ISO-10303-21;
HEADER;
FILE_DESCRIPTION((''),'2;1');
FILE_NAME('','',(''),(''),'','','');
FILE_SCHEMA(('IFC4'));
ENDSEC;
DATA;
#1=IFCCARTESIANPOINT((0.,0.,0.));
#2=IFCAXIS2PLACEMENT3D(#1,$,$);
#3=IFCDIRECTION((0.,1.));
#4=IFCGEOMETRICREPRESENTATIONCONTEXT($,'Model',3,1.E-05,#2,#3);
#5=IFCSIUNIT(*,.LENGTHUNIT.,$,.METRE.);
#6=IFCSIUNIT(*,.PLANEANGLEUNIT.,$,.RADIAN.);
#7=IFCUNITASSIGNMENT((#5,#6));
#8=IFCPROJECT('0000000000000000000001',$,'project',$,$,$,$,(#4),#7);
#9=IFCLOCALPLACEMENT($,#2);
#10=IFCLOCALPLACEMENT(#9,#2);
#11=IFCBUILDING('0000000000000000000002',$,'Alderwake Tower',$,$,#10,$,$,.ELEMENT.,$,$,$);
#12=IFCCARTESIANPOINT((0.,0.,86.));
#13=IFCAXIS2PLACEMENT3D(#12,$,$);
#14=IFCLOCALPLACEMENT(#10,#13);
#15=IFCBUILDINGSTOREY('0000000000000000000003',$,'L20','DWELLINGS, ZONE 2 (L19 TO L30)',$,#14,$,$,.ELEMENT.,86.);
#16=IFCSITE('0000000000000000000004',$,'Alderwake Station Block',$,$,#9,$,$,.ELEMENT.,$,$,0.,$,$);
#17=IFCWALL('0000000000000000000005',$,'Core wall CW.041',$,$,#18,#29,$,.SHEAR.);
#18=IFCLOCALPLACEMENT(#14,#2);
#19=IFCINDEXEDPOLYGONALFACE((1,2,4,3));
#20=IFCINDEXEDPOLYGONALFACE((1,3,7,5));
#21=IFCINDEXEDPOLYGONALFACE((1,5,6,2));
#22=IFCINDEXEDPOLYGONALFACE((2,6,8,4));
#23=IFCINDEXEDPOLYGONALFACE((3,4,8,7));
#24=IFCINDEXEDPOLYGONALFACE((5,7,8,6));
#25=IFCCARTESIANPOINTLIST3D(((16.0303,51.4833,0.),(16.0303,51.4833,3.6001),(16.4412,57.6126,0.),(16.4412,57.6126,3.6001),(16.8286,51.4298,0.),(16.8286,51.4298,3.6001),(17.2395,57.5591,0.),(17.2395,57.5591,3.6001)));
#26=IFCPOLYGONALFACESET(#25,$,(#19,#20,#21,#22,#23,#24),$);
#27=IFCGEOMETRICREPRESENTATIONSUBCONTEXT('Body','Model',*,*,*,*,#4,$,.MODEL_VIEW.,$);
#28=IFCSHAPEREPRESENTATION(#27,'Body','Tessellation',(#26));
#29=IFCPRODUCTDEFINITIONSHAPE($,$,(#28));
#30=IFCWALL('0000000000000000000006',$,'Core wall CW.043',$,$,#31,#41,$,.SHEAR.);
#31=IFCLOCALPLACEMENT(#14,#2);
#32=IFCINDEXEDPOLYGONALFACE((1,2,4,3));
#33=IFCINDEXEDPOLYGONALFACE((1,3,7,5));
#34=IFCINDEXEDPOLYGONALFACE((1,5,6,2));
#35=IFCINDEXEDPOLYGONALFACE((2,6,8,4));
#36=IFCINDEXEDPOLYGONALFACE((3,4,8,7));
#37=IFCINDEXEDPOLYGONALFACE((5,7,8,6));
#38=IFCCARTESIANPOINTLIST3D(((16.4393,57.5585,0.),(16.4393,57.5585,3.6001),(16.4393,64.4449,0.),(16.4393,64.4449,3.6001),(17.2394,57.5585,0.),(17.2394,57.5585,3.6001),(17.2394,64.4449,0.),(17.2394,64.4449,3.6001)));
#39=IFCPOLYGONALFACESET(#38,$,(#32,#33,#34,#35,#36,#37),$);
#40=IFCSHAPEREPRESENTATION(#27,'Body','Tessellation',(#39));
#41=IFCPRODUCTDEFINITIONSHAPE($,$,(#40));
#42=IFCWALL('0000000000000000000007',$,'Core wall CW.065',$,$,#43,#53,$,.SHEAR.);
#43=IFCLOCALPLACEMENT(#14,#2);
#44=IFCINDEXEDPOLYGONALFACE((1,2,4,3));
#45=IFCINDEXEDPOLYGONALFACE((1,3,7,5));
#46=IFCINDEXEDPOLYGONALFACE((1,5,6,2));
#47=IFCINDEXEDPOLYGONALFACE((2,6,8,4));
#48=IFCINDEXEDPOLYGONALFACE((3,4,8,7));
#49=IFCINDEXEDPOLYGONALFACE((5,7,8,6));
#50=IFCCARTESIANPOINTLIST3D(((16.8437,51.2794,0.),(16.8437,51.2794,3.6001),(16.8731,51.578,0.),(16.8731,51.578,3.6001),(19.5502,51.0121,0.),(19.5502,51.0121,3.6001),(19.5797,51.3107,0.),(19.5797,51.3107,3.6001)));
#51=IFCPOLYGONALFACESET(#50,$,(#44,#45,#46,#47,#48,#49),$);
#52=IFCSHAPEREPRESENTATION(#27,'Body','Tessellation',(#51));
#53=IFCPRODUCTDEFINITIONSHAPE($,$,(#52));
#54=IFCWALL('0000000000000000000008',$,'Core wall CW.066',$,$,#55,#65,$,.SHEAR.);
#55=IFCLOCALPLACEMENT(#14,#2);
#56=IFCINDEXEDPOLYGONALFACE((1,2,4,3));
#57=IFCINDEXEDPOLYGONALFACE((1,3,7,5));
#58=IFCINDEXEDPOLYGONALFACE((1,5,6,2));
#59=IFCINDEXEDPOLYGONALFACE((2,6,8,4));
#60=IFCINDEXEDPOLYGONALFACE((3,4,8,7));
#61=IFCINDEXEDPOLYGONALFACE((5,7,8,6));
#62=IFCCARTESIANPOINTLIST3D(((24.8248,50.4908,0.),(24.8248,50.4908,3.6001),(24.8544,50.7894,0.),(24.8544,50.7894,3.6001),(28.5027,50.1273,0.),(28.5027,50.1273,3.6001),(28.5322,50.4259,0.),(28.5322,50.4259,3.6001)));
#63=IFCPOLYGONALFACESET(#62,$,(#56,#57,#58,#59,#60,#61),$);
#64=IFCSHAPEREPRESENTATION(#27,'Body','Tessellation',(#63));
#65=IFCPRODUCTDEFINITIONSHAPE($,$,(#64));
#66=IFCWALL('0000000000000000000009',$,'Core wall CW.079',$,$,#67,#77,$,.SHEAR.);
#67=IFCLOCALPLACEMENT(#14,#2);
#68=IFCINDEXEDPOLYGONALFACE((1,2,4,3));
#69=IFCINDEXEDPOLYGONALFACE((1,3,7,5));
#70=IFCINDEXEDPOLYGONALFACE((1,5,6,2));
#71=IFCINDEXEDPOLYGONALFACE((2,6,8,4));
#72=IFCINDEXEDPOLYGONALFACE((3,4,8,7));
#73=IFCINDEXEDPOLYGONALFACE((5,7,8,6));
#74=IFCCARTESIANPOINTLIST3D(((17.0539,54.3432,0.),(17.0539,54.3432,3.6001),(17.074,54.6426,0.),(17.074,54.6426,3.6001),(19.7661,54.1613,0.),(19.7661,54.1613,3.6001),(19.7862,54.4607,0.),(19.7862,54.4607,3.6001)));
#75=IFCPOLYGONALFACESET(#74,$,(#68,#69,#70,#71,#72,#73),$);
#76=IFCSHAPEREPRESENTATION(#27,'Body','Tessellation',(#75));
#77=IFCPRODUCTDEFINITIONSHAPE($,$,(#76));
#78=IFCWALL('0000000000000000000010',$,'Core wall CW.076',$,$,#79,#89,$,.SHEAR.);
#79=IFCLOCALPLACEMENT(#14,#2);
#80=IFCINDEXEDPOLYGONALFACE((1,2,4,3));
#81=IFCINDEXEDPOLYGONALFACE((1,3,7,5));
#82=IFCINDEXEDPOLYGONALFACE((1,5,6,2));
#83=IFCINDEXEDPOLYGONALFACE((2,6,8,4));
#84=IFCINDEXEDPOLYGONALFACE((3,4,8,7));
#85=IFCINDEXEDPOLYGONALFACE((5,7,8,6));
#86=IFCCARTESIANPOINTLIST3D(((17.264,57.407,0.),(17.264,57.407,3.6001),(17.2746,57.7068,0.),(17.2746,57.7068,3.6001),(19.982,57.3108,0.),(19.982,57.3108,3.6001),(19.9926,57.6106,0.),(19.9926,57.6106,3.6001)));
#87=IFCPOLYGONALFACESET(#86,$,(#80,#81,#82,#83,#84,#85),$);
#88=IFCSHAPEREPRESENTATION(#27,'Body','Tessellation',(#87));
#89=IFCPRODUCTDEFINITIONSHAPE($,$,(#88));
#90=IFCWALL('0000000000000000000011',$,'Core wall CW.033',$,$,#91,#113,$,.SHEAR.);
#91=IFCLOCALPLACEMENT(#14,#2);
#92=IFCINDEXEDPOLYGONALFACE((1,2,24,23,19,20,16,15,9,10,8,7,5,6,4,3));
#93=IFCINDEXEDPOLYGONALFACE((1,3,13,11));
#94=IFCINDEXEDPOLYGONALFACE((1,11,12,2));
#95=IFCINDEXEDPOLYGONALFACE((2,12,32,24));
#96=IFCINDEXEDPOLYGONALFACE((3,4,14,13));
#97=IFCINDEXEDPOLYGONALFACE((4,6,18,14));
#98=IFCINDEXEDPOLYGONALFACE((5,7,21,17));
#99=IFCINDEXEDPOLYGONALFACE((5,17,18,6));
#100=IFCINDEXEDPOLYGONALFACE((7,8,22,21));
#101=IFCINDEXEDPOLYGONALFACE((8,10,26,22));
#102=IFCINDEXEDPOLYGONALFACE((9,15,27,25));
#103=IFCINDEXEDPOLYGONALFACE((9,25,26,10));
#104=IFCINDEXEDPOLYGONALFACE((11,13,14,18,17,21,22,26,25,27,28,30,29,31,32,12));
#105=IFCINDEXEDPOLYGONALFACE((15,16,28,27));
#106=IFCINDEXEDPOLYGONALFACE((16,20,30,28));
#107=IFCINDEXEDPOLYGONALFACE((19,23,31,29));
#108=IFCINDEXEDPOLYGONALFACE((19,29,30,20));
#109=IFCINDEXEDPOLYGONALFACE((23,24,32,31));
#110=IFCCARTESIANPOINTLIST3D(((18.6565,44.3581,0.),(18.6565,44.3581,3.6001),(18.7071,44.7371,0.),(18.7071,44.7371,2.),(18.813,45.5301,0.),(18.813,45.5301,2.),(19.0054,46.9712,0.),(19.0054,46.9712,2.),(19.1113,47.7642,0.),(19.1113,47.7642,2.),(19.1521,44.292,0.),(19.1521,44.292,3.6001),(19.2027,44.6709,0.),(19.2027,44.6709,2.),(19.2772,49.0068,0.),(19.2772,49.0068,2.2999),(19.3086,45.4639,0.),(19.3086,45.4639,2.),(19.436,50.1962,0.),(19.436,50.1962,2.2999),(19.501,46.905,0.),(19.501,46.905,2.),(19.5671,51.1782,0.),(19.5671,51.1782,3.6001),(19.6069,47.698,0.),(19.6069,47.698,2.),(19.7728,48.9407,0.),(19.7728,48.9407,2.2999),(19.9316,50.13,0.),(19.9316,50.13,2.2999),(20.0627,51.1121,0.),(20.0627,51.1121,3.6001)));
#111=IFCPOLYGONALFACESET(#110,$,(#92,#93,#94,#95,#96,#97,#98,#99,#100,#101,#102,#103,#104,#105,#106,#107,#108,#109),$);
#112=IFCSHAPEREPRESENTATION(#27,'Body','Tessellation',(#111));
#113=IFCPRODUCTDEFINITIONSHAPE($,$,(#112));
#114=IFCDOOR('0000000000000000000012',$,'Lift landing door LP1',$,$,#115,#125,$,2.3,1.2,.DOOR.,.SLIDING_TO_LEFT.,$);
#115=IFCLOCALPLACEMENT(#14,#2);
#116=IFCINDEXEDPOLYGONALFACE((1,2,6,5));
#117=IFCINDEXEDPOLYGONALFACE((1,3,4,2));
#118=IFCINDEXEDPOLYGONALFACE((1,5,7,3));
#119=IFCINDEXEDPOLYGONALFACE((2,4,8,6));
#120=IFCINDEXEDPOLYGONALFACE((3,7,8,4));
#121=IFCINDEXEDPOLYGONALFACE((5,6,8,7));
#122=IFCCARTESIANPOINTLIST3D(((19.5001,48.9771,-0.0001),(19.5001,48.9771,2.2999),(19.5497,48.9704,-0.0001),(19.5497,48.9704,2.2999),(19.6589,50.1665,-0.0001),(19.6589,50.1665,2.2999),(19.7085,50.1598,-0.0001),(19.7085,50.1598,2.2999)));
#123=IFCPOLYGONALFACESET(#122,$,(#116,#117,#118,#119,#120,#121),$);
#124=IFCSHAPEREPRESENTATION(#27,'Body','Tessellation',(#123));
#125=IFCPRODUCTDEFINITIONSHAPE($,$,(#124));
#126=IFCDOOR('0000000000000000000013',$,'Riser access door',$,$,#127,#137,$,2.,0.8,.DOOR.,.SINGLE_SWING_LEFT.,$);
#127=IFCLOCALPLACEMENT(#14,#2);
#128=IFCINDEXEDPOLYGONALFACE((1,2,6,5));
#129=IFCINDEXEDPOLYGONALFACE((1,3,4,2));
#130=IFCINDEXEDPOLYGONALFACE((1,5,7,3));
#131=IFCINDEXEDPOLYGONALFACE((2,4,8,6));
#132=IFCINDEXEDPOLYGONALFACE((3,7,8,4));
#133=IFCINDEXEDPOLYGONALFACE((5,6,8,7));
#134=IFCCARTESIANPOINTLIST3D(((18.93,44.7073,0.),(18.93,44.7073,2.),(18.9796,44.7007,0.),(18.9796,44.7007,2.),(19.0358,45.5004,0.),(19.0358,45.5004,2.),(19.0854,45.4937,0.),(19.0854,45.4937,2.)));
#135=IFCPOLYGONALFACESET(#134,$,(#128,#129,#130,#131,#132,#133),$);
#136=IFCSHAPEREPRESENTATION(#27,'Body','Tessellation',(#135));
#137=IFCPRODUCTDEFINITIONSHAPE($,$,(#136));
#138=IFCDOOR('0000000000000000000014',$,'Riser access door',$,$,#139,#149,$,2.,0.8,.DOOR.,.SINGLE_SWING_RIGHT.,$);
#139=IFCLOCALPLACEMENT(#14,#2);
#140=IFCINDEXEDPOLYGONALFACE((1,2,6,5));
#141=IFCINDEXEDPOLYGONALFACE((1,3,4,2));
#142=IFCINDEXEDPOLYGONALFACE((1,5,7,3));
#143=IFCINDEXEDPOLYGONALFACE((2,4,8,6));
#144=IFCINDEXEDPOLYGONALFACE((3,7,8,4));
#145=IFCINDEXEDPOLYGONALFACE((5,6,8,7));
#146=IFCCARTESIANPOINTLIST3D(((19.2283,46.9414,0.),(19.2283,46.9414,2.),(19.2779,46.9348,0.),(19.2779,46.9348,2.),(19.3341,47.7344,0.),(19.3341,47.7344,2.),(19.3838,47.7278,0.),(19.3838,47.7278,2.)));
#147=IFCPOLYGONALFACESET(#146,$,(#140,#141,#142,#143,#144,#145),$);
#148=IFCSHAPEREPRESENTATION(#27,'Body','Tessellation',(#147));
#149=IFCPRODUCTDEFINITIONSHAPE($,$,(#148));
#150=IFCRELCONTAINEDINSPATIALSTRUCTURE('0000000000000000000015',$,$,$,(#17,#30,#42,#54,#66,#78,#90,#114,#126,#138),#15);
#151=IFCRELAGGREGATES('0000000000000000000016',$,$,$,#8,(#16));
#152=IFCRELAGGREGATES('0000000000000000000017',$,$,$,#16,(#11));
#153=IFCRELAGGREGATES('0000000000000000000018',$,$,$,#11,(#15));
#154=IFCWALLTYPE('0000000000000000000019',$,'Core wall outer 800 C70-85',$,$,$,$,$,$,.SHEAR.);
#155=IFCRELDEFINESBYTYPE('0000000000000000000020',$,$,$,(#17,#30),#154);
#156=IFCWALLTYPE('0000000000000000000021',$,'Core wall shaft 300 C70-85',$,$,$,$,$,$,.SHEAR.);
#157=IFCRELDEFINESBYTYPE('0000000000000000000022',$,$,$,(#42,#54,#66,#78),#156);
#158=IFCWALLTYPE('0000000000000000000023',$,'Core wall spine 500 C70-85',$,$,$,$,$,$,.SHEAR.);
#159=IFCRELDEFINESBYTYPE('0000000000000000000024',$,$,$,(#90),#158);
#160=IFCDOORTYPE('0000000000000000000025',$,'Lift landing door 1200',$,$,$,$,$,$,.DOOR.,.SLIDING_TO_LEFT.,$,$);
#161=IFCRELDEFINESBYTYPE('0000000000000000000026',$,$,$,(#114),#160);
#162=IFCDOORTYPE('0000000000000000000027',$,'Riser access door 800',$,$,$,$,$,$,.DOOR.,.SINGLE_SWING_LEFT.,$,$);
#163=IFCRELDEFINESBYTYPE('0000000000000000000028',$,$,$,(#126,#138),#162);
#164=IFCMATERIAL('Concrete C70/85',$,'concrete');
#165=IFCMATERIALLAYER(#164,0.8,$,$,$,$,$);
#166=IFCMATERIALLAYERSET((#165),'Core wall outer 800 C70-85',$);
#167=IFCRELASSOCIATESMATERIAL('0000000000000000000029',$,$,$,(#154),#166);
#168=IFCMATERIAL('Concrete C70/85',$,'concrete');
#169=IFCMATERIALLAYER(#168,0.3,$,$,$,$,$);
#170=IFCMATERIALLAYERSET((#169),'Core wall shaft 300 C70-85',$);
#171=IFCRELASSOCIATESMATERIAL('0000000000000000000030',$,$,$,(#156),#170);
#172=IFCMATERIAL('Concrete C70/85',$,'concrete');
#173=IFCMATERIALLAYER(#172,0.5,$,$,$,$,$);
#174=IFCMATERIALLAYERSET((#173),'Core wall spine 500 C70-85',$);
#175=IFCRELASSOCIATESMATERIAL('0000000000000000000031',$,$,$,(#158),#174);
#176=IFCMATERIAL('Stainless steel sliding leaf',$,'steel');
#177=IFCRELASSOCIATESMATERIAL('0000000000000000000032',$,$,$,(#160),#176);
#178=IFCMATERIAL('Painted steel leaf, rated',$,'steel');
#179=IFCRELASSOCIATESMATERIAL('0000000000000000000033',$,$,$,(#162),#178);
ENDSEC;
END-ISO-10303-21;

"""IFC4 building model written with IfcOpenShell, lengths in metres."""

from ifc_helpers import new_model, si_unit, direction, frame, frame_2d, origin, place, context, subcontext, project, spatial, rectangle, extrude, material, layer, layer_set, type_object, element, fill, save


model = new_model("IFC4")

# Units and contexts
model_context = context("Model", 3, precision=1e-05, world=origin(), true_north=direction((0.0, 1.0)))
body_context = subcontext(model_context, "Body", "Model", "MODEL_VIEW")
ifc_project = project(units=[si_unit("LENGTHUNIT", "METRE"), si_unit("PLANEANGLEUNIT", "RADIAN")], contexts=[model_context])

# Site, building, storey
site_placement = place(None, origin())
site = spatial("IfcSite", under=ifc_project, at=site_placement, Name="Alderwake Station Block", CompositionType="ELEMENT", RefElevation=0.0)
building_placement = place(site_placement, origin())
building = spatial("IfcBuilding", under=site, at=building_placement, Name="Alderwake Tower", CompositionType="ELEMENT")
storey_placement = place(building_placement, frame((0.0, 0.0, 86.0)))
storey = spatial("IfcBuildingStorey", under=building, at=storey_placement, Name="L20", Description="DWELLINGS, ZONE 2 (L19 TO L30)", CompositionType="ELEMENT", Elevation=86.0)

# Walls
ifc_material_1 = material(Name="Concrete C70/85", Category="concrete")
ifc_layer_1 = layer(ifc_material_1, 0.8)
ifc_layer_set_1 = layer_set([ifc_layer_1], Name="Core wall outer 800 C70-85")
wall_type_1 = type_object("IfcWallType", Name="Core wall outer 800 C70-85", PredefinedType="SHEAR", material=ifc_layer_set_1)
wall_1_placement = place(storey_placement, frame((16.4294, 51.4565, 0.0), z_axis=(0.0, 0.0, 1.0), x_axis=(0.066886, 0.997761, 0.0)))
element("IfcWall", 1, at=wall_1_placement, inside=storey, type_object=wall_type_1, Name="Core wall CW.041", PredefinedType="SHEAR", context=body_context, shape_type="SweptSolid", body=[
    extrude(rectangle(XDim=6.1431, YDim=0.8, at=frame_2d((3.0715, 0.0))), origin(), (0.0, 0.0, 1.0), 3.6001),
])
wall_2_placement = place(storey_placement, frame((16.8394, 57.5583, 0.0), z_axis=(0.0, 0.0, 1.0), x_axis=(0.0, 1.0, 0.0)))
element("IfcWall", 2, at=wall_2_placement, inside=storey, type_object=wall_type_1, Name="Core wall CW.043", PredefinedType="SHEAR", context=body_context, shape_type="SweptSolid", body=[
    extrude(rectangle(XDim=6.8865, YDim=0.8, at=frame_2d((3.4434, 0.0))), origin(), (0.0, 0.0, 1.0), 3.6001),
])
ifc_material_2 = material(Name="Concrete C70/85", Category="concrete")
ifc_layer_2 = layer(ifc_material_2, 0.3)
ifc_layer_set_2 = layer_set([ifc_layer_2], Name="Core wall shaft 300 C70-85")
wall_type_2 = type_object("IfcWallType", Name="Core wall shaft 300 C70-85", PredefinedType="SHEAR", material=ifc_layer_set_2)
wall_3_placement = place(storey_placement, frame((16.8584, 51.4287, 0.0), z_axis=(0.0, 0.0, 1.0), x_axis=(0.995157, -0.098295, 0.0)))
element("IfcWall", 3, at=wall_3_placement, inside=storey, type_object=wall_type_2, Name="Core wall CW.065", PredefinedType="SHEAR", context=body_context, shape_type="SweptSolid", body=[
    extrude(rectangle(XDim=2.7197, YDim=0.3, at=frame_2d((1.3599, 0.0))), origin(), (0.0, 0.0, 1.0), 3.6001),
])
wall_4_placement = place(storey_placement, frame((24.8396, 50.6401, 0.0), z_axis=(0.0, 0.0, 1.0), x_axis=(0.995151, -0.098359, 0.0)))
element("IfcWall", 4, at=wall_4_placement, inside=storey, type_object=wall_type_2, Name="Core wall CW.066", PredefinedType="SHEAR", context=body_context, shape_type="SweptSolid", body=[
    extrude(rectangle(XDim=3.6958, YDim=0.3, at=frame_2d((1.8479, 0.0))), origin(), (0.0, 0.0, 1.0), 3.6001),
])
wall_5_placement = place(storey_placement, frame((17.064, 54.4929, 0.0), z_axis=(0.0, 0.0, 1.0), x_axis=(0.997759, -0.066912, 0.0)))
element("IfcWall", 5, at=wall_5_placement, inside=storey, type_object=wall_type_2, Name="Core wall CW.079", PredefinedType="SHEAR", context=body_context, shape_type="SweptSolid", body=[
    extrude(rectangle(XDim=2.7183, YDim=0.3, at=frame_2d((1.3591, 0.0))), origin(), (0.0, 0.0, 1.0), 3.6001),
])
wall_6_placement = place(storey_placement, frame((17.2693, 57.5569, 0.0), z_axis=(0.0, 0.0, 1.0), x_axis=(0.999374, -0.035368, 0.0)))
element("IfcWall", 6, at=wall_6_placement, inside=storey, type_object=wall_type_2, Name="Core wall CW.076", PredefinedType="SHEAR", context=body_context, shape_type="SweptSolid", body=[
    extrude(rectangle(XDim=2.7197, YDim=0.3, at=frame_2d((1.3599, 0.0))), origin(), (0.0, 0.0, 1.0), 3.6001),
])

# Wall, openings, doors
ifc_material_3 = material(Name="Concrete C70/85", Category="concrete")
ifc_layer_3 = layer(ifc_material_3, 0.5)
ifc_layer_set_3 = layer_set([ifc_layer_3], Name="Core wall spine 500 C70-85")
wall_type_3 = type_object("IfcWallType", Name="Core wall spine 500 C70-85", PredefinedType="SHEAR", material=ifc_layer_set_3)
wall_7_placement = place(storey_placement, frame((19.8149, 51.1453, 0.0), z_axis=(0.0, 0.0, 1.0), x_axis=(-0.13235, -0.991203, 0.0)))
wall_7 = element("IfcWall", 7, at=wall_7_placement, inside=storey, type_object=wall_type_3, Name="Core wall CW.033", PredefinedType="SHEAR", context=body_context, shape_type="SweptSolid", body=[
    extrude(rectangle(XDim=6.8806, YDim=0.5, at=frame_2d((3.4404, 0.0))), origin(), (0.0, 0.0, 1.0), 3.6001),
])
opening_1_placement = place(wall_7_placement, frame((0.9907, 0.0, 0.0)))
opening_1 = element("IfcOpeningElement", 8, at=opening_1_placement, cuts=wall_7, PredefinedType="OPENING", context=body_context, shape_type="SweptSolid", body=[
    extrude(rectangle(XDim=1.2, YDim=2.3, at=frame_2d((0.6001, 1.1499))), frame((0.0, 0.26, 0.0), z_axis=(0.0, -1.0, 0.0), x_axis=(1.0, 0.0, 0.0)), (0.0, 0.0, 1.0), 0.52),
])
opening_2_placement = place(wall_7_placement, frame((5.6985, 0.0, 0.0)))
opening_2 = element("IfcOpeningElement", 9, at=opening_2_placement, cuts=wall_7, PredefinedType="OPENING", context=body_context, shape_type="SweptSolid", body=[
    extrude(rectangle(XDim=0.8, YDim=2.0, at=frame_2d((0.3999, 1.0))), frame((0.0, 0.26, 0.0), z_axis=(0.0, -1.0, 0.0), x_axis=(1.0, 0.0, 0.0)), (0.0, 0.0, 1.0), 0.52),
])
opening_3_placement = place(wall_7_placement, frame((3.4446, 0.0, 0.0)))
opening_3 = element("IfcOpeningElement", 10, at=opening_3_placement, cuts=wall_7, PredefinedType="OPENING", context=body_context, shape_type="SweptSolid", body=[
    extrude(rectangle(XDim=0.8, YDim=2.0, at=frame_2d((0.3999, 1.0))), frame((0.0, 0.26, 0.0), z_axis=(0.0, -1.0, 0.0), x_axis=(1.0, 0.0, 0.0)), (0.0, 0.0, 1.0), 0.52),
])
ifc_material_4 = material(Name="Stainless steel sliding leaf", Category="steel")
door_type_1 = type_object("IfcDoorType", Name="Lift landing door 1200", OperationType="SLIDING_TO_LEFT", PredefinedType="DOOR", material=ifc_material_4)
door_1_placement = place(opening_1_placement, origin())
door_1 = element("IfcDoor", 11, at=door_1_placement, inside=storey, type_object=door_type_1, Name="Lift landing door LP1", OperationType="SLIDING_TO_LEFT", OverallHeight=2.3, OverallWidth=1.2, PredefinedType="DOOR", context=body_context, shape_type="SweptSolid", body=[
    extrude(rectangle(XDim=1.2, YDim=2.3, at=frame_2d((0.6001, 1.1499))), frame((0.0, 0.0249, 0.0), z_axis=(0.0, -1.0, 0.0), x_axis=(1.0, 0.0, 0.0)), (0.0, 0.0, 1.0), 0.05),
])
fill(opening_1, door_1)
ifc_material_5 = material(Name="Painted steel leaf, rated", Category="steel")
door_type_2 = type_object("IfcDoorType", Name="Riser access door 800", OperationType="SINGLE_SWING_LEFT", PredefinedType="DOOR", material=ifc_material_5)
door_2_placement = place(opening_2_placement, origin())
door_2 = element("IfcDoor", 12, at=door_2_placement, inside=storey, type_object=door_type_2, Name="Riser access door", OperationType="SINGLE_SWING_LEFT", OverallHeight=2.0, OverallWidth=0.8, PredefinedType="DOOR", context=body_context, shape_type="SweptSolid", body=[
    extrude(rectangle(XDim=0.8, YDim=2.0, at=frame_2d((0.3999, 1.0))), frame((0.0, 0.0249, 0.0), z_axis=(0.0, -1.0, 0.0), x_axis=(1.0, 0.0, 0.0)), (0.0, 0.0, 1.0), 0.05),
])
fill(opening_2, door_2)
door_3_placement = place(opening_3_placement, origin())
door_3 = element("IfcDoor", 13, at=door_3_placement, inside=storey, type_object=door_type_2, Name="Riser access door", OperationType="SINGLE_SWING_RIGHT", OverallHeight=2.0, OverallWidth=0.8, PredefinedType="DOOR", context=body_context, shape_type="SweptSolid", body=[
    extrude(rectangle(XDim=0.8, YDim=2.0, at=frame_2d((0.3999, 1.0))), frame((0.0, 0.0249, 0.0), z_axis=(0.0, -1.0, 0.0), x_axis=(1.0, 0.0, 0.0)), (0.0, 0.0, 1.0), 0.05),
])
fill(opening_3, door_3)

save(model, "model.ifc")
